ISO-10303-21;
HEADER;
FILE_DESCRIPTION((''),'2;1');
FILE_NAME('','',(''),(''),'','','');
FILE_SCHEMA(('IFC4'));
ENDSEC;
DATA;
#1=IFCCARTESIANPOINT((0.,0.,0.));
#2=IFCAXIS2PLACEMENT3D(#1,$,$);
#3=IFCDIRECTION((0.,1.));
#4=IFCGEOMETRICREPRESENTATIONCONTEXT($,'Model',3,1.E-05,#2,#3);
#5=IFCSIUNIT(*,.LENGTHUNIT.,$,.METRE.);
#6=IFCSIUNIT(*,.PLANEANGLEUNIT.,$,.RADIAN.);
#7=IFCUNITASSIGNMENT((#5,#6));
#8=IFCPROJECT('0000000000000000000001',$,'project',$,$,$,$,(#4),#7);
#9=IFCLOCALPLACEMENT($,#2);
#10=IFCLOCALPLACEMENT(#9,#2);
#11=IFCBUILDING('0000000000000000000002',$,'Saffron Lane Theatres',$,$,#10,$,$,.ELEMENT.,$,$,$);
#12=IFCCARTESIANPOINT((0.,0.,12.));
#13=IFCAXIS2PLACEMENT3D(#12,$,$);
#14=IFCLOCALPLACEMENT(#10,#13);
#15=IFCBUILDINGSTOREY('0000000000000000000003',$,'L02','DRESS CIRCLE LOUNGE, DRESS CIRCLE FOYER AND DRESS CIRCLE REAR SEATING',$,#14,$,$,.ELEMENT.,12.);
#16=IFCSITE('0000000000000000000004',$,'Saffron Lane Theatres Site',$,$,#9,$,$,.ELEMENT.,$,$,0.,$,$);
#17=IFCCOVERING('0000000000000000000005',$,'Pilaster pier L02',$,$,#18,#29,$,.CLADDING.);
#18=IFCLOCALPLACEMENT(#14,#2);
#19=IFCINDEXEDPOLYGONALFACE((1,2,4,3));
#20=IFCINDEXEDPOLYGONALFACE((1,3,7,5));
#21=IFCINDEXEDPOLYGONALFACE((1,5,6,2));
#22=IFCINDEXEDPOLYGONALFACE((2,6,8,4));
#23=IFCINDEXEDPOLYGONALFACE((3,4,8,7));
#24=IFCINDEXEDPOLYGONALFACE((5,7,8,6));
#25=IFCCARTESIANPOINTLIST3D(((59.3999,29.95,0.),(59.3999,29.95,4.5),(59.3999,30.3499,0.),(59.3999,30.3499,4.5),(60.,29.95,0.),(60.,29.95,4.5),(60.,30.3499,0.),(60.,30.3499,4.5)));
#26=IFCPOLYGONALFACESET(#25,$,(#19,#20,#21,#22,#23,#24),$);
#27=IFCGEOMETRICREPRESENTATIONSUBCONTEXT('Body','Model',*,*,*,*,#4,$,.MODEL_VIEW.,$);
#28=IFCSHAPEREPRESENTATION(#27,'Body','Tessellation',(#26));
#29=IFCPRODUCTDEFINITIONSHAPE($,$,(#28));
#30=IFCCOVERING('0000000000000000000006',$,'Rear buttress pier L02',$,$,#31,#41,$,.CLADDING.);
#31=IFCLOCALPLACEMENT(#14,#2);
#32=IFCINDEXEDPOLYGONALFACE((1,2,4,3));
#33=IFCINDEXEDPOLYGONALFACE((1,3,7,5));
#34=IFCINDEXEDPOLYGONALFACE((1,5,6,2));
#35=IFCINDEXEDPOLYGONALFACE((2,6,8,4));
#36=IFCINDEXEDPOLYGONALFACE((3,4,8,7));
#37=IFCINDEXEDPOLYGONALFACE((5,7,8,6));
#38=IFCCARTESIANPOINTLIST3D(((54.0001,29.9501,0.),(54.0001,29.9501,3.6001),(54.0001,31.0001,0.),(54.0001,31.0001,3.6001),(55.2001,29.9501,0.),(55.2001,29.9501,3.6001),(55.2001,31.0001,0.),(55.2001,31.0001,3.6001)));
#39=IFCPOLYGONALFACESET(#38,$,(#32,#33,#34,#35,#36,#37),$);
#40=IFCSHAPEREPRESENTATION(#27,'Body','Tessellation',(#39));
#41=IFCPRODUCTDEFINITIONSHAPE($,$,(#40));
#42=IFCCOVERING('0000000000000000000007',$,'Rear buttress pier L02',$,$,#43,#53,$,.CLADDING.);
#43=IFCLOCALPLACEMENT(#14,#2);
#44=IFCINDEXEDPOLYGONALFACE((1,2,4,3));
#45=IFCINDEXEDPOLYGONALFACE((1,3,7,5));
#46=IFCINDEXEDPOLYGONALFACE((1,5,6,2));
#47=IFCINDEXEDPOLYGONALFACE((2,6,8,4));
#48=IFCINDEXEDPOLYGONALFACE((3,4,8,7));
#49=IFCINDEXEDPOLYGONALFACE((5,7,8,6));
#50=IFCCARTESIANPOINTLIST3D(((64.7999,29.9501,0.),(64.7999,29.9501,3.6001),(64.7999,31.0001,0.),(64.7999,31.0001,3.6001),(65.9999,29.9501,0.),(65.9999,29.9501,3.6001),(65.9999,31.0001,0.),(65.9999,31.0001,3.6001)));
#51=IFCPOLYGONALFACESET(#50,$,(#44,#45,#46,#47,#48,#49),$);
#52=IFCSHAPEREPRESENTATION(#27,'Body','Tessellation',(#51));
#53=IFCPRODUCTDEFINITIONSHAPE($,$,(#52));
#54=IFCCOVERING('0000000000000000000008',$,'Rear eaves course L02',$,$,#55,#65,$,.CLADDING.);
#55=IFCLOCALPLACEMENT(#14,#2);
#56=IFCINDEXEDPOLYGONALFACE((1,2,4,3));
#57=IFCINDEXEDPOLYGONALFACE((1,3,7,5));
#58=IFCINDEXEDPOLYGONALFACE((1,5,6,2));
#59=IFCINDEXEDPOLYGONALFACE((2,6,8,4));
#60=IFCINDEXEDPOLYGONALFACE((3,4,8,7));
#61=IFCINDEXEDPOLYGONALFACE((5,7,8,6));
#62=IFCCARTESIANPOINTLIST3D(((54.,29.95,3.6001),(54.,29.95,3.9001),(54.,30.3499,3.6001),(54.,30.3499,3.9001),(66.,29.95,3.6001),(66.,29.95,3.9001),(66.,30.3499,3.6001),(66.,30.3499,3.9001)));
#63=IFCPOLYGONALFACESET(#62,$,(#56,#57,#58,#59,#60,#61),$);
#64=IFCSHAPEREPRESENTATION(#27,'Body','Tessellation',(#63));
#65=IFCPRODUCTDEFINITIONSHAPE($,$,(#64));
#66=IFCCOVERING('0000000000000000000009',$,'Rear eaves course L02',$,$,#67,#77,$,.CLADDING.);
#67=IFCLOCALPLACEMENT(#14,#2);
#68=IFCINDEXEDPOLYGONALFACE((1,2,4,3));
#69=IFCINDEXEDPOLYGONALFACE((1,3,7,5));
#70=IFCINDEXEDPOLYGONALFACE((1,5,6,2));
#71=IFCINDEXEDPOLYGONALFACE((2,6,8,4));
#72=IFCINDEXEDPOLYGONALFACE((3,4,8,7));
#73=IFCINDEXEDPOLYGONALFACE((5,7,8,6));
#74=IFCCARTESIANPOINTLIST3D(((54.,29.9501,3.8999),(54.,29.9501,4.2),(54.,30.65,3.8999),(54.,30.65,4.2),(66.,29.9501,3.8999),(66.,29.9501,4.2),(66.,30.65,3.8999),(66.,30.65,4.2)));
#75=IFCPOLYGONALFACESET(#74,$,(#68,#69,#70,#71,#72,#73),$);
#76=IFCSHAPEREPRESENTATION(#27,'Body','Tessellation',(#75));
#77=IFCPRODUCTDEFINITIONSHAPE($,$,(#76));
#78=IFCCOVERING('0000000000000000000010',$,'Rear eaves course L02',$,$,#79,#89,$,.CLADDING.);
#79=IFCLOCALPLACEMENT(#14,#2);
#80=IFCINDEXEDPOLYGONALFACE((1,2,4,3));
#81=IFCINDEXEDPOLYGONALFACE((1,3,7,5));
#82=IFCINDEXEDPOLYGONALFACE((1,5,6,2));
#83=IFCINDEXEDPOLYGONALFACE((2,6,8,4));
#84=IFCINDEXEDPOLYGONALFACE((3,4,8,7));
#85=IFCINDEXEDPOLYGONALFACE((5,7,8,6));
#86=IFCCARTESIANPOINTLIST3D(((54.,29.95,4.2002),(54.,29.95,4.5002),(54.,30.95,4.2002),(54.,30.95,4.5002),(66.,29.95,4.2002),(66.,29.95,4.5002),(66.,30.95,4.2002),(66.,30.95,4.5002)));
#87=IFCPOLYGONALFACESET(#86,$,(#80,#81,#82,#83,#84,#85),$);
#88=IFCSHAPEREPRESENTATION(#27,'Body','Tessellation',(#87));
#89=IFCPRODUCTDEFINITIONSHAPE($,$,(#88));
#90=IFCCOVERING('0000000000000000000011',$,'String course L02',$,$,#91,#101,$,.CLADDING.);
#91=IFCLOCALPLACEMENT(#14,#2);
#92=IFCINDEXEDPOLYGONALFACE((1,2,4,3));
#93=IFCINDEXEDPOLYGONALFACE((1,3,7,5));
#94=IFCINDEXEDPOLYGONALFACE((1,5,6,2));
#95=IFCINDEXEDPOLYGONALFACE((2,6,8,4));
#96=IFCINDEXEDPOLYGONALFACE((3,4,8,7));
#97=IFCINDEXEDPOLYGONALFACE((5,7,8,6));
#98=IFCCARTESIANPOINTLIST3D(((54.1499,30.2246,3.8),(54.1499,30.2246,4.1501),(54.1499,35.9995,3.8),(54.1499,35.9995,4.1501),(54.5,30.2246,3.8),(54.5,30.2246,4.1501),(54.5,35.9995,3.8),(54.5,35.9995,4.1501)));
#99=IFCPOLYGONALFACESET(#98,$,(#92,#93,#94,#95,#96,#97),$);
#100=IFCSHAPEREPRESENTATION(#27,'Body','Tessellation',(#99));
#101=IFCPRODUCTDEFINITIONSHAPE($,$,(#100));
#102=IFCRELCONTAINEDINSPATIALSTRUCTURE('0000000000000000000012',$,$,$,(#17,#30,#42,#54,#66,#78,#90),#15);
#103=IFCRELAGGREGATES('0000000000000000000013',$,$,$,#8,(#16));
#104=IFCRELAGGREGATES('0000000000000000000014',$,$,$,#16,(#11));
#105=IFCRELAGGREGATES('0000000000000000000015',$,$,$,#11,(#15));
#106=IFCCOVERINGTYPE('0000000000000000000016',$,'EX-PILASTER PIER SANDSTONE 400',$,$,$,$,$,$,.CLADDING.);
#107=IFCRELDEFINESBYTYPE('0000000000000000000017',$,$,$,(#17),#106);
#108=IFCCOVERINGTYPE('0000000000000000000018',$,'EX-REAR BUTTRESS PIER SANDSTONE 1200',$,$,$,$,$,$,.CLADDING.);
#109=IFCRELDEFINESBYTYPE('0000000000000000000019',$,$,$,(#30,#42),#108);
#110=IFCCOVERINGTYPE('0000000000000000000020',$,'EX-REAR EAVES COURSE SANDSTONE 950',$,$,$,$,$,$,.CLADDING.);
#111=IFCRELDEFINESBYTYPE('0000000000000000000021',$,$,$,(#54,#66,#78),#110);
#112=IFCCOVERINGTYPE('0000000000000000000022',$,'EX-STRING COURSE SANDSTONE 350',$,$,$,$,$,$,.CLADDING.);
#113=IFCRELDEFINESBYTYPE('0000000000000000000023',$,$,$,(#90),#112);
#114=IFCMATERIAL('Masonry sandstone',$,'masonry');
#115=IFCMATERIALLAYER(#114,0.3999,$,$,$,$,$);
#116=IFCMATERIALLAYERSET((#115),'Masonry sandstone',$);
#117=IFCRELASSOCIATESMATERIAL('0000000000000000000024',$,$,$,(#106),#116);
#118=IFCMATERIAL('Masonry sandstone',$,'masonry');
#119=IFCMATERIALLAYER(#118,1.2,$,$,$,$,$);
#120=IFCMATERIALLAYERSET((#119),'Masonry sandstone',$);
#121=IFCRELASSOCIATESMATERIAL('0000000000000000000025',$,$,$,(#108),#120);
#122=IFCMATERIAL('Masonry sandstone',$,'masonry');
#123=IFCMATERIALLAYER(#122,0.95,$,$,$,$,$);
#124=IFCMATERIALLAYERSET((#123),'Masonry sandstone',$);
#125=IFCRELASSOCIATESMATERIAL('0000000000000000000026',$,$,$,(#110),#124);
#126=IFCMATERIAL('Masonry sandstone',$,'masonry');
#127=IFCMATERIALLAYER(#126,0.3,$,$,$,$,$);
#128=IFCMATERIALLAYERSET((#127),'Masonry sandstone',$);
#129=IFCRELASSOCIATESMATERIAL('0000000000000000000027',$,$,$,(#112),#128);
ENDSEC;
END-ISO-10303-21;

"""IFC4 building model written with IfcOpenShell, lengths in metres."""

from ifc_helpers import new_model, si_unit, direction, frame, origin, origin_2d, place, context, subcontext, project, spatial, rectangle, extrude, material, layer, layer_set, type_object, element, save


model = new_model("IFC4")

# Units and contexts
model_context = context("Model", 3, precision=1e-05, world=origin(), true_north=direction((0.0, 1.0)))
body_context = subcontext(model_context, "Body", "Model", "MODEL_VIEW")
ifc_project = project(units=[si_unit("LENGTHUNIT", "METRE"), si_unit("PLANEANGLEUNIT", "RADIAN")], contexts=[model_context])

# Site, building, storey
site_placement = place(None, origin())
site = spatial("IfcSite", under=ifc_project, at=site_placement, Name="Saffron Lane Theatres Site", CompositionType="ELEMENT", RefElevation=0.0)
building_placement = place(site_placement, origin())
building = spatial("IfcBuilding", under=site, at=building_placement, Name="Saffron Lane Theatres", CompositionType="ELEMENT")
storey_placement = place(building_placement, frame((0.0, 0.0, 12.0)))
storey = spatial("IfcBuildingStorey", under=building, at=storey_placement, Name="L02", Description="DRESS CIRCLE LOUNGE, DRESS CIRCLE FOYER AND DRESS CIRCLE REAR SEATING", CompositionType="ELEMENT", Elevation=12.0)

# Coverings
ifc_material_1 = material(Name="Masonry sandstone", Category="masonry")
ifc_layer_1 = layer(ifc_material_1, 0.3999)
ifc_layer_set_1 = layer_set([ifc_layer_1], Name="Masonry sandstone")
covering_type_1 = type_object("IfcCoveringType", Name="EX-PILASTER PIER SANDSTONE 400", PredefinedType="CLADDING", material=ifc_layer_set_1)
for number, where, z_axis, x_axis, name in (
    (1, (59.7, 30.1499, 0.0), (0.0, 0.0, 1.0), (1.0, 0.0, 0.0), "Pilaster pier L02"),
):
    element("IfcCovering", number, at=place(storey_placement, frame(where, z_axis=z_axis, x_axis=x_axis)), inside=storey, type_object=covering_type_1, Name=name, PredefinedType="CLADDING", context=body_context, shape_type="SweptSolid", body=[
        extrude(rectangle(XDim=0.6001, YDim=0.3999, at=origin_2d()), origin(), (0.0, 0.0, 1.0), 4.5),
    ])
ifc_material_2 = material(Name="Masonry sandstone", Category="masonry")
ifc_layer_2 = layer(ifc_material_2, 1.2)
ifc_layer_set_2 = layer_set([ifc_layer_2], Name="Masonry sandstone")
covering_type_2 = type_object("IfcCoveringType", Name="EX-REAR BUTTRESS PIER SANDSTONE 1200", PredefinedType="CLADDING", material=ifc_layer_set_2)
for number, where, z_axis, x_axis, name in (
    (2, (54.6001, 30.4751, 0.0), (0.0, 0.0, 1.0), (1.0, 0.0, 0.0), "Rear buttress pier L02"),
    (3, (65.3999, 30.4751, 0.0), (0.0, 0.0, 1.0), (1.0, 0.0, 0.0), "Rear buttress pier L02"),
):
    element("IfcCovering", number, at=place(storey_placement, frame(where, z_axis=z_axis, x_axis=x_axis)), inside=storey, type_object=covering_type_2, Name=name, PredefinedType="CLADDING", context=body_context, shape_type="SweptSolid", body=[
        extrude(rectangle(XDim=1.2, YDim=1.05, at=origin_2d()), origin(), (0.0, 0.0, 1.0), 3.6001),
    ])
ifc_material_3 = material(Name="Masonry sandstone", Category="masonry")
ifc_layer_3 = layer(ifc_material_3, 0.95)
ifc_layer_set_3 = layer_set([ifc_layer_3], Name="Masonry sandstone")
covering_type_3 = type_object("IfcCoveringType", Name="EX-REAR EAVES COURSE SANDSTONE 950", PredefinedType="CLADDING", material=ifc_layer_set_3)
covering_1_placement = place(storey_placement, frame((60.0, 30.1499, 3.6001), z_axis=(0.0, 0.0, 1.0), x_axis=(1.0, 0.0, 0.0)))
element("IfcCovering", 4, at=covering_1_placement, inside=storey, type_object=covering_type_3, Name="Rear eaves course L02", PredefinedType="CLADDING", context=body_context, shape_type="SweptSolid", body=[
    extrude(rectangle(XDim=12.0, YDim=0.3999, at=origin_2d()), origin(), (0.0, 0.0, 1.0), 0.3),
])
covering_2_placement = place(storey_placement, frame((60.0, 30.3, 3.8999), z_axis=(0.0, 0.0, 1.0), x_axis=(1.0, 0.0, 0.0)))
element("IfcCovering", 5, at=covering_2_placement, inside=storey, type_object=covering_type_3, Name="Rear eaves course L02", PredefinedType="CLADDING", context=body_context, shape_type="SweptSolid", body=[
    extrude(rectangle(XDim=12.0, YDim=0.7, at=origin_2d()), origin(), (0.0, 0.0, 1.0), 0.3),
])
covering_3_placement = place(storey_placement, frame((60.0, 30.45, 4.2002), z_axis=(0.0, 0.0, 1.0), x_axis=(1.0, 0.0, 0.0)))
element("IfcCovering", 6, at=covering_3_placement, inside=storey, type_object=covering_type_3, Name="Rear eaves course L02", PredefinedType="CLADDING", context=body_context, shape_type="SweptSolid", body=[
    extrude(rectangle(XDim=12.0, YDim=1.0, at=origin_2d()), origin(), (0.0, 0.0, 1.0), 0.3),
])
ifc_material_4 = material(Name="Masonry sandstone", Category="masonry")
ifc_layer_4 = layer(ifc_material_4, 0.3)
ifc_layer_set_4 = layer_set([ifc_layer_4], Name="Masonry sandstone")
covering_type_4 = type_object("IfcCoveringType", Name="EX-STRING COURSE SANDSTONE 350", PredefinedType="CLADDING", material=ifc_layer_set_4)
covering_4_placement = place(storey_placement, frame((54.325, 33.1121, 3.8), z_axis=(0.0, 0.0, 1.0), x_axis=(0.0, -1.0, 0.0)))
element("IfcCovering", 7, at=covering_4_placement, inside=storey, type_object=covering_type_4, Name="String course L02", PredefinedType="CLADDING", context=body_context, shape_type="SweptSolid", body=[
    extrude(rectangle(XDim=5.7749, YDim=0.3501, at=origin_2d()), origin(), (0.0, 0.0, 1.0), 0.3501),
])

save(model, "model.ifc")
